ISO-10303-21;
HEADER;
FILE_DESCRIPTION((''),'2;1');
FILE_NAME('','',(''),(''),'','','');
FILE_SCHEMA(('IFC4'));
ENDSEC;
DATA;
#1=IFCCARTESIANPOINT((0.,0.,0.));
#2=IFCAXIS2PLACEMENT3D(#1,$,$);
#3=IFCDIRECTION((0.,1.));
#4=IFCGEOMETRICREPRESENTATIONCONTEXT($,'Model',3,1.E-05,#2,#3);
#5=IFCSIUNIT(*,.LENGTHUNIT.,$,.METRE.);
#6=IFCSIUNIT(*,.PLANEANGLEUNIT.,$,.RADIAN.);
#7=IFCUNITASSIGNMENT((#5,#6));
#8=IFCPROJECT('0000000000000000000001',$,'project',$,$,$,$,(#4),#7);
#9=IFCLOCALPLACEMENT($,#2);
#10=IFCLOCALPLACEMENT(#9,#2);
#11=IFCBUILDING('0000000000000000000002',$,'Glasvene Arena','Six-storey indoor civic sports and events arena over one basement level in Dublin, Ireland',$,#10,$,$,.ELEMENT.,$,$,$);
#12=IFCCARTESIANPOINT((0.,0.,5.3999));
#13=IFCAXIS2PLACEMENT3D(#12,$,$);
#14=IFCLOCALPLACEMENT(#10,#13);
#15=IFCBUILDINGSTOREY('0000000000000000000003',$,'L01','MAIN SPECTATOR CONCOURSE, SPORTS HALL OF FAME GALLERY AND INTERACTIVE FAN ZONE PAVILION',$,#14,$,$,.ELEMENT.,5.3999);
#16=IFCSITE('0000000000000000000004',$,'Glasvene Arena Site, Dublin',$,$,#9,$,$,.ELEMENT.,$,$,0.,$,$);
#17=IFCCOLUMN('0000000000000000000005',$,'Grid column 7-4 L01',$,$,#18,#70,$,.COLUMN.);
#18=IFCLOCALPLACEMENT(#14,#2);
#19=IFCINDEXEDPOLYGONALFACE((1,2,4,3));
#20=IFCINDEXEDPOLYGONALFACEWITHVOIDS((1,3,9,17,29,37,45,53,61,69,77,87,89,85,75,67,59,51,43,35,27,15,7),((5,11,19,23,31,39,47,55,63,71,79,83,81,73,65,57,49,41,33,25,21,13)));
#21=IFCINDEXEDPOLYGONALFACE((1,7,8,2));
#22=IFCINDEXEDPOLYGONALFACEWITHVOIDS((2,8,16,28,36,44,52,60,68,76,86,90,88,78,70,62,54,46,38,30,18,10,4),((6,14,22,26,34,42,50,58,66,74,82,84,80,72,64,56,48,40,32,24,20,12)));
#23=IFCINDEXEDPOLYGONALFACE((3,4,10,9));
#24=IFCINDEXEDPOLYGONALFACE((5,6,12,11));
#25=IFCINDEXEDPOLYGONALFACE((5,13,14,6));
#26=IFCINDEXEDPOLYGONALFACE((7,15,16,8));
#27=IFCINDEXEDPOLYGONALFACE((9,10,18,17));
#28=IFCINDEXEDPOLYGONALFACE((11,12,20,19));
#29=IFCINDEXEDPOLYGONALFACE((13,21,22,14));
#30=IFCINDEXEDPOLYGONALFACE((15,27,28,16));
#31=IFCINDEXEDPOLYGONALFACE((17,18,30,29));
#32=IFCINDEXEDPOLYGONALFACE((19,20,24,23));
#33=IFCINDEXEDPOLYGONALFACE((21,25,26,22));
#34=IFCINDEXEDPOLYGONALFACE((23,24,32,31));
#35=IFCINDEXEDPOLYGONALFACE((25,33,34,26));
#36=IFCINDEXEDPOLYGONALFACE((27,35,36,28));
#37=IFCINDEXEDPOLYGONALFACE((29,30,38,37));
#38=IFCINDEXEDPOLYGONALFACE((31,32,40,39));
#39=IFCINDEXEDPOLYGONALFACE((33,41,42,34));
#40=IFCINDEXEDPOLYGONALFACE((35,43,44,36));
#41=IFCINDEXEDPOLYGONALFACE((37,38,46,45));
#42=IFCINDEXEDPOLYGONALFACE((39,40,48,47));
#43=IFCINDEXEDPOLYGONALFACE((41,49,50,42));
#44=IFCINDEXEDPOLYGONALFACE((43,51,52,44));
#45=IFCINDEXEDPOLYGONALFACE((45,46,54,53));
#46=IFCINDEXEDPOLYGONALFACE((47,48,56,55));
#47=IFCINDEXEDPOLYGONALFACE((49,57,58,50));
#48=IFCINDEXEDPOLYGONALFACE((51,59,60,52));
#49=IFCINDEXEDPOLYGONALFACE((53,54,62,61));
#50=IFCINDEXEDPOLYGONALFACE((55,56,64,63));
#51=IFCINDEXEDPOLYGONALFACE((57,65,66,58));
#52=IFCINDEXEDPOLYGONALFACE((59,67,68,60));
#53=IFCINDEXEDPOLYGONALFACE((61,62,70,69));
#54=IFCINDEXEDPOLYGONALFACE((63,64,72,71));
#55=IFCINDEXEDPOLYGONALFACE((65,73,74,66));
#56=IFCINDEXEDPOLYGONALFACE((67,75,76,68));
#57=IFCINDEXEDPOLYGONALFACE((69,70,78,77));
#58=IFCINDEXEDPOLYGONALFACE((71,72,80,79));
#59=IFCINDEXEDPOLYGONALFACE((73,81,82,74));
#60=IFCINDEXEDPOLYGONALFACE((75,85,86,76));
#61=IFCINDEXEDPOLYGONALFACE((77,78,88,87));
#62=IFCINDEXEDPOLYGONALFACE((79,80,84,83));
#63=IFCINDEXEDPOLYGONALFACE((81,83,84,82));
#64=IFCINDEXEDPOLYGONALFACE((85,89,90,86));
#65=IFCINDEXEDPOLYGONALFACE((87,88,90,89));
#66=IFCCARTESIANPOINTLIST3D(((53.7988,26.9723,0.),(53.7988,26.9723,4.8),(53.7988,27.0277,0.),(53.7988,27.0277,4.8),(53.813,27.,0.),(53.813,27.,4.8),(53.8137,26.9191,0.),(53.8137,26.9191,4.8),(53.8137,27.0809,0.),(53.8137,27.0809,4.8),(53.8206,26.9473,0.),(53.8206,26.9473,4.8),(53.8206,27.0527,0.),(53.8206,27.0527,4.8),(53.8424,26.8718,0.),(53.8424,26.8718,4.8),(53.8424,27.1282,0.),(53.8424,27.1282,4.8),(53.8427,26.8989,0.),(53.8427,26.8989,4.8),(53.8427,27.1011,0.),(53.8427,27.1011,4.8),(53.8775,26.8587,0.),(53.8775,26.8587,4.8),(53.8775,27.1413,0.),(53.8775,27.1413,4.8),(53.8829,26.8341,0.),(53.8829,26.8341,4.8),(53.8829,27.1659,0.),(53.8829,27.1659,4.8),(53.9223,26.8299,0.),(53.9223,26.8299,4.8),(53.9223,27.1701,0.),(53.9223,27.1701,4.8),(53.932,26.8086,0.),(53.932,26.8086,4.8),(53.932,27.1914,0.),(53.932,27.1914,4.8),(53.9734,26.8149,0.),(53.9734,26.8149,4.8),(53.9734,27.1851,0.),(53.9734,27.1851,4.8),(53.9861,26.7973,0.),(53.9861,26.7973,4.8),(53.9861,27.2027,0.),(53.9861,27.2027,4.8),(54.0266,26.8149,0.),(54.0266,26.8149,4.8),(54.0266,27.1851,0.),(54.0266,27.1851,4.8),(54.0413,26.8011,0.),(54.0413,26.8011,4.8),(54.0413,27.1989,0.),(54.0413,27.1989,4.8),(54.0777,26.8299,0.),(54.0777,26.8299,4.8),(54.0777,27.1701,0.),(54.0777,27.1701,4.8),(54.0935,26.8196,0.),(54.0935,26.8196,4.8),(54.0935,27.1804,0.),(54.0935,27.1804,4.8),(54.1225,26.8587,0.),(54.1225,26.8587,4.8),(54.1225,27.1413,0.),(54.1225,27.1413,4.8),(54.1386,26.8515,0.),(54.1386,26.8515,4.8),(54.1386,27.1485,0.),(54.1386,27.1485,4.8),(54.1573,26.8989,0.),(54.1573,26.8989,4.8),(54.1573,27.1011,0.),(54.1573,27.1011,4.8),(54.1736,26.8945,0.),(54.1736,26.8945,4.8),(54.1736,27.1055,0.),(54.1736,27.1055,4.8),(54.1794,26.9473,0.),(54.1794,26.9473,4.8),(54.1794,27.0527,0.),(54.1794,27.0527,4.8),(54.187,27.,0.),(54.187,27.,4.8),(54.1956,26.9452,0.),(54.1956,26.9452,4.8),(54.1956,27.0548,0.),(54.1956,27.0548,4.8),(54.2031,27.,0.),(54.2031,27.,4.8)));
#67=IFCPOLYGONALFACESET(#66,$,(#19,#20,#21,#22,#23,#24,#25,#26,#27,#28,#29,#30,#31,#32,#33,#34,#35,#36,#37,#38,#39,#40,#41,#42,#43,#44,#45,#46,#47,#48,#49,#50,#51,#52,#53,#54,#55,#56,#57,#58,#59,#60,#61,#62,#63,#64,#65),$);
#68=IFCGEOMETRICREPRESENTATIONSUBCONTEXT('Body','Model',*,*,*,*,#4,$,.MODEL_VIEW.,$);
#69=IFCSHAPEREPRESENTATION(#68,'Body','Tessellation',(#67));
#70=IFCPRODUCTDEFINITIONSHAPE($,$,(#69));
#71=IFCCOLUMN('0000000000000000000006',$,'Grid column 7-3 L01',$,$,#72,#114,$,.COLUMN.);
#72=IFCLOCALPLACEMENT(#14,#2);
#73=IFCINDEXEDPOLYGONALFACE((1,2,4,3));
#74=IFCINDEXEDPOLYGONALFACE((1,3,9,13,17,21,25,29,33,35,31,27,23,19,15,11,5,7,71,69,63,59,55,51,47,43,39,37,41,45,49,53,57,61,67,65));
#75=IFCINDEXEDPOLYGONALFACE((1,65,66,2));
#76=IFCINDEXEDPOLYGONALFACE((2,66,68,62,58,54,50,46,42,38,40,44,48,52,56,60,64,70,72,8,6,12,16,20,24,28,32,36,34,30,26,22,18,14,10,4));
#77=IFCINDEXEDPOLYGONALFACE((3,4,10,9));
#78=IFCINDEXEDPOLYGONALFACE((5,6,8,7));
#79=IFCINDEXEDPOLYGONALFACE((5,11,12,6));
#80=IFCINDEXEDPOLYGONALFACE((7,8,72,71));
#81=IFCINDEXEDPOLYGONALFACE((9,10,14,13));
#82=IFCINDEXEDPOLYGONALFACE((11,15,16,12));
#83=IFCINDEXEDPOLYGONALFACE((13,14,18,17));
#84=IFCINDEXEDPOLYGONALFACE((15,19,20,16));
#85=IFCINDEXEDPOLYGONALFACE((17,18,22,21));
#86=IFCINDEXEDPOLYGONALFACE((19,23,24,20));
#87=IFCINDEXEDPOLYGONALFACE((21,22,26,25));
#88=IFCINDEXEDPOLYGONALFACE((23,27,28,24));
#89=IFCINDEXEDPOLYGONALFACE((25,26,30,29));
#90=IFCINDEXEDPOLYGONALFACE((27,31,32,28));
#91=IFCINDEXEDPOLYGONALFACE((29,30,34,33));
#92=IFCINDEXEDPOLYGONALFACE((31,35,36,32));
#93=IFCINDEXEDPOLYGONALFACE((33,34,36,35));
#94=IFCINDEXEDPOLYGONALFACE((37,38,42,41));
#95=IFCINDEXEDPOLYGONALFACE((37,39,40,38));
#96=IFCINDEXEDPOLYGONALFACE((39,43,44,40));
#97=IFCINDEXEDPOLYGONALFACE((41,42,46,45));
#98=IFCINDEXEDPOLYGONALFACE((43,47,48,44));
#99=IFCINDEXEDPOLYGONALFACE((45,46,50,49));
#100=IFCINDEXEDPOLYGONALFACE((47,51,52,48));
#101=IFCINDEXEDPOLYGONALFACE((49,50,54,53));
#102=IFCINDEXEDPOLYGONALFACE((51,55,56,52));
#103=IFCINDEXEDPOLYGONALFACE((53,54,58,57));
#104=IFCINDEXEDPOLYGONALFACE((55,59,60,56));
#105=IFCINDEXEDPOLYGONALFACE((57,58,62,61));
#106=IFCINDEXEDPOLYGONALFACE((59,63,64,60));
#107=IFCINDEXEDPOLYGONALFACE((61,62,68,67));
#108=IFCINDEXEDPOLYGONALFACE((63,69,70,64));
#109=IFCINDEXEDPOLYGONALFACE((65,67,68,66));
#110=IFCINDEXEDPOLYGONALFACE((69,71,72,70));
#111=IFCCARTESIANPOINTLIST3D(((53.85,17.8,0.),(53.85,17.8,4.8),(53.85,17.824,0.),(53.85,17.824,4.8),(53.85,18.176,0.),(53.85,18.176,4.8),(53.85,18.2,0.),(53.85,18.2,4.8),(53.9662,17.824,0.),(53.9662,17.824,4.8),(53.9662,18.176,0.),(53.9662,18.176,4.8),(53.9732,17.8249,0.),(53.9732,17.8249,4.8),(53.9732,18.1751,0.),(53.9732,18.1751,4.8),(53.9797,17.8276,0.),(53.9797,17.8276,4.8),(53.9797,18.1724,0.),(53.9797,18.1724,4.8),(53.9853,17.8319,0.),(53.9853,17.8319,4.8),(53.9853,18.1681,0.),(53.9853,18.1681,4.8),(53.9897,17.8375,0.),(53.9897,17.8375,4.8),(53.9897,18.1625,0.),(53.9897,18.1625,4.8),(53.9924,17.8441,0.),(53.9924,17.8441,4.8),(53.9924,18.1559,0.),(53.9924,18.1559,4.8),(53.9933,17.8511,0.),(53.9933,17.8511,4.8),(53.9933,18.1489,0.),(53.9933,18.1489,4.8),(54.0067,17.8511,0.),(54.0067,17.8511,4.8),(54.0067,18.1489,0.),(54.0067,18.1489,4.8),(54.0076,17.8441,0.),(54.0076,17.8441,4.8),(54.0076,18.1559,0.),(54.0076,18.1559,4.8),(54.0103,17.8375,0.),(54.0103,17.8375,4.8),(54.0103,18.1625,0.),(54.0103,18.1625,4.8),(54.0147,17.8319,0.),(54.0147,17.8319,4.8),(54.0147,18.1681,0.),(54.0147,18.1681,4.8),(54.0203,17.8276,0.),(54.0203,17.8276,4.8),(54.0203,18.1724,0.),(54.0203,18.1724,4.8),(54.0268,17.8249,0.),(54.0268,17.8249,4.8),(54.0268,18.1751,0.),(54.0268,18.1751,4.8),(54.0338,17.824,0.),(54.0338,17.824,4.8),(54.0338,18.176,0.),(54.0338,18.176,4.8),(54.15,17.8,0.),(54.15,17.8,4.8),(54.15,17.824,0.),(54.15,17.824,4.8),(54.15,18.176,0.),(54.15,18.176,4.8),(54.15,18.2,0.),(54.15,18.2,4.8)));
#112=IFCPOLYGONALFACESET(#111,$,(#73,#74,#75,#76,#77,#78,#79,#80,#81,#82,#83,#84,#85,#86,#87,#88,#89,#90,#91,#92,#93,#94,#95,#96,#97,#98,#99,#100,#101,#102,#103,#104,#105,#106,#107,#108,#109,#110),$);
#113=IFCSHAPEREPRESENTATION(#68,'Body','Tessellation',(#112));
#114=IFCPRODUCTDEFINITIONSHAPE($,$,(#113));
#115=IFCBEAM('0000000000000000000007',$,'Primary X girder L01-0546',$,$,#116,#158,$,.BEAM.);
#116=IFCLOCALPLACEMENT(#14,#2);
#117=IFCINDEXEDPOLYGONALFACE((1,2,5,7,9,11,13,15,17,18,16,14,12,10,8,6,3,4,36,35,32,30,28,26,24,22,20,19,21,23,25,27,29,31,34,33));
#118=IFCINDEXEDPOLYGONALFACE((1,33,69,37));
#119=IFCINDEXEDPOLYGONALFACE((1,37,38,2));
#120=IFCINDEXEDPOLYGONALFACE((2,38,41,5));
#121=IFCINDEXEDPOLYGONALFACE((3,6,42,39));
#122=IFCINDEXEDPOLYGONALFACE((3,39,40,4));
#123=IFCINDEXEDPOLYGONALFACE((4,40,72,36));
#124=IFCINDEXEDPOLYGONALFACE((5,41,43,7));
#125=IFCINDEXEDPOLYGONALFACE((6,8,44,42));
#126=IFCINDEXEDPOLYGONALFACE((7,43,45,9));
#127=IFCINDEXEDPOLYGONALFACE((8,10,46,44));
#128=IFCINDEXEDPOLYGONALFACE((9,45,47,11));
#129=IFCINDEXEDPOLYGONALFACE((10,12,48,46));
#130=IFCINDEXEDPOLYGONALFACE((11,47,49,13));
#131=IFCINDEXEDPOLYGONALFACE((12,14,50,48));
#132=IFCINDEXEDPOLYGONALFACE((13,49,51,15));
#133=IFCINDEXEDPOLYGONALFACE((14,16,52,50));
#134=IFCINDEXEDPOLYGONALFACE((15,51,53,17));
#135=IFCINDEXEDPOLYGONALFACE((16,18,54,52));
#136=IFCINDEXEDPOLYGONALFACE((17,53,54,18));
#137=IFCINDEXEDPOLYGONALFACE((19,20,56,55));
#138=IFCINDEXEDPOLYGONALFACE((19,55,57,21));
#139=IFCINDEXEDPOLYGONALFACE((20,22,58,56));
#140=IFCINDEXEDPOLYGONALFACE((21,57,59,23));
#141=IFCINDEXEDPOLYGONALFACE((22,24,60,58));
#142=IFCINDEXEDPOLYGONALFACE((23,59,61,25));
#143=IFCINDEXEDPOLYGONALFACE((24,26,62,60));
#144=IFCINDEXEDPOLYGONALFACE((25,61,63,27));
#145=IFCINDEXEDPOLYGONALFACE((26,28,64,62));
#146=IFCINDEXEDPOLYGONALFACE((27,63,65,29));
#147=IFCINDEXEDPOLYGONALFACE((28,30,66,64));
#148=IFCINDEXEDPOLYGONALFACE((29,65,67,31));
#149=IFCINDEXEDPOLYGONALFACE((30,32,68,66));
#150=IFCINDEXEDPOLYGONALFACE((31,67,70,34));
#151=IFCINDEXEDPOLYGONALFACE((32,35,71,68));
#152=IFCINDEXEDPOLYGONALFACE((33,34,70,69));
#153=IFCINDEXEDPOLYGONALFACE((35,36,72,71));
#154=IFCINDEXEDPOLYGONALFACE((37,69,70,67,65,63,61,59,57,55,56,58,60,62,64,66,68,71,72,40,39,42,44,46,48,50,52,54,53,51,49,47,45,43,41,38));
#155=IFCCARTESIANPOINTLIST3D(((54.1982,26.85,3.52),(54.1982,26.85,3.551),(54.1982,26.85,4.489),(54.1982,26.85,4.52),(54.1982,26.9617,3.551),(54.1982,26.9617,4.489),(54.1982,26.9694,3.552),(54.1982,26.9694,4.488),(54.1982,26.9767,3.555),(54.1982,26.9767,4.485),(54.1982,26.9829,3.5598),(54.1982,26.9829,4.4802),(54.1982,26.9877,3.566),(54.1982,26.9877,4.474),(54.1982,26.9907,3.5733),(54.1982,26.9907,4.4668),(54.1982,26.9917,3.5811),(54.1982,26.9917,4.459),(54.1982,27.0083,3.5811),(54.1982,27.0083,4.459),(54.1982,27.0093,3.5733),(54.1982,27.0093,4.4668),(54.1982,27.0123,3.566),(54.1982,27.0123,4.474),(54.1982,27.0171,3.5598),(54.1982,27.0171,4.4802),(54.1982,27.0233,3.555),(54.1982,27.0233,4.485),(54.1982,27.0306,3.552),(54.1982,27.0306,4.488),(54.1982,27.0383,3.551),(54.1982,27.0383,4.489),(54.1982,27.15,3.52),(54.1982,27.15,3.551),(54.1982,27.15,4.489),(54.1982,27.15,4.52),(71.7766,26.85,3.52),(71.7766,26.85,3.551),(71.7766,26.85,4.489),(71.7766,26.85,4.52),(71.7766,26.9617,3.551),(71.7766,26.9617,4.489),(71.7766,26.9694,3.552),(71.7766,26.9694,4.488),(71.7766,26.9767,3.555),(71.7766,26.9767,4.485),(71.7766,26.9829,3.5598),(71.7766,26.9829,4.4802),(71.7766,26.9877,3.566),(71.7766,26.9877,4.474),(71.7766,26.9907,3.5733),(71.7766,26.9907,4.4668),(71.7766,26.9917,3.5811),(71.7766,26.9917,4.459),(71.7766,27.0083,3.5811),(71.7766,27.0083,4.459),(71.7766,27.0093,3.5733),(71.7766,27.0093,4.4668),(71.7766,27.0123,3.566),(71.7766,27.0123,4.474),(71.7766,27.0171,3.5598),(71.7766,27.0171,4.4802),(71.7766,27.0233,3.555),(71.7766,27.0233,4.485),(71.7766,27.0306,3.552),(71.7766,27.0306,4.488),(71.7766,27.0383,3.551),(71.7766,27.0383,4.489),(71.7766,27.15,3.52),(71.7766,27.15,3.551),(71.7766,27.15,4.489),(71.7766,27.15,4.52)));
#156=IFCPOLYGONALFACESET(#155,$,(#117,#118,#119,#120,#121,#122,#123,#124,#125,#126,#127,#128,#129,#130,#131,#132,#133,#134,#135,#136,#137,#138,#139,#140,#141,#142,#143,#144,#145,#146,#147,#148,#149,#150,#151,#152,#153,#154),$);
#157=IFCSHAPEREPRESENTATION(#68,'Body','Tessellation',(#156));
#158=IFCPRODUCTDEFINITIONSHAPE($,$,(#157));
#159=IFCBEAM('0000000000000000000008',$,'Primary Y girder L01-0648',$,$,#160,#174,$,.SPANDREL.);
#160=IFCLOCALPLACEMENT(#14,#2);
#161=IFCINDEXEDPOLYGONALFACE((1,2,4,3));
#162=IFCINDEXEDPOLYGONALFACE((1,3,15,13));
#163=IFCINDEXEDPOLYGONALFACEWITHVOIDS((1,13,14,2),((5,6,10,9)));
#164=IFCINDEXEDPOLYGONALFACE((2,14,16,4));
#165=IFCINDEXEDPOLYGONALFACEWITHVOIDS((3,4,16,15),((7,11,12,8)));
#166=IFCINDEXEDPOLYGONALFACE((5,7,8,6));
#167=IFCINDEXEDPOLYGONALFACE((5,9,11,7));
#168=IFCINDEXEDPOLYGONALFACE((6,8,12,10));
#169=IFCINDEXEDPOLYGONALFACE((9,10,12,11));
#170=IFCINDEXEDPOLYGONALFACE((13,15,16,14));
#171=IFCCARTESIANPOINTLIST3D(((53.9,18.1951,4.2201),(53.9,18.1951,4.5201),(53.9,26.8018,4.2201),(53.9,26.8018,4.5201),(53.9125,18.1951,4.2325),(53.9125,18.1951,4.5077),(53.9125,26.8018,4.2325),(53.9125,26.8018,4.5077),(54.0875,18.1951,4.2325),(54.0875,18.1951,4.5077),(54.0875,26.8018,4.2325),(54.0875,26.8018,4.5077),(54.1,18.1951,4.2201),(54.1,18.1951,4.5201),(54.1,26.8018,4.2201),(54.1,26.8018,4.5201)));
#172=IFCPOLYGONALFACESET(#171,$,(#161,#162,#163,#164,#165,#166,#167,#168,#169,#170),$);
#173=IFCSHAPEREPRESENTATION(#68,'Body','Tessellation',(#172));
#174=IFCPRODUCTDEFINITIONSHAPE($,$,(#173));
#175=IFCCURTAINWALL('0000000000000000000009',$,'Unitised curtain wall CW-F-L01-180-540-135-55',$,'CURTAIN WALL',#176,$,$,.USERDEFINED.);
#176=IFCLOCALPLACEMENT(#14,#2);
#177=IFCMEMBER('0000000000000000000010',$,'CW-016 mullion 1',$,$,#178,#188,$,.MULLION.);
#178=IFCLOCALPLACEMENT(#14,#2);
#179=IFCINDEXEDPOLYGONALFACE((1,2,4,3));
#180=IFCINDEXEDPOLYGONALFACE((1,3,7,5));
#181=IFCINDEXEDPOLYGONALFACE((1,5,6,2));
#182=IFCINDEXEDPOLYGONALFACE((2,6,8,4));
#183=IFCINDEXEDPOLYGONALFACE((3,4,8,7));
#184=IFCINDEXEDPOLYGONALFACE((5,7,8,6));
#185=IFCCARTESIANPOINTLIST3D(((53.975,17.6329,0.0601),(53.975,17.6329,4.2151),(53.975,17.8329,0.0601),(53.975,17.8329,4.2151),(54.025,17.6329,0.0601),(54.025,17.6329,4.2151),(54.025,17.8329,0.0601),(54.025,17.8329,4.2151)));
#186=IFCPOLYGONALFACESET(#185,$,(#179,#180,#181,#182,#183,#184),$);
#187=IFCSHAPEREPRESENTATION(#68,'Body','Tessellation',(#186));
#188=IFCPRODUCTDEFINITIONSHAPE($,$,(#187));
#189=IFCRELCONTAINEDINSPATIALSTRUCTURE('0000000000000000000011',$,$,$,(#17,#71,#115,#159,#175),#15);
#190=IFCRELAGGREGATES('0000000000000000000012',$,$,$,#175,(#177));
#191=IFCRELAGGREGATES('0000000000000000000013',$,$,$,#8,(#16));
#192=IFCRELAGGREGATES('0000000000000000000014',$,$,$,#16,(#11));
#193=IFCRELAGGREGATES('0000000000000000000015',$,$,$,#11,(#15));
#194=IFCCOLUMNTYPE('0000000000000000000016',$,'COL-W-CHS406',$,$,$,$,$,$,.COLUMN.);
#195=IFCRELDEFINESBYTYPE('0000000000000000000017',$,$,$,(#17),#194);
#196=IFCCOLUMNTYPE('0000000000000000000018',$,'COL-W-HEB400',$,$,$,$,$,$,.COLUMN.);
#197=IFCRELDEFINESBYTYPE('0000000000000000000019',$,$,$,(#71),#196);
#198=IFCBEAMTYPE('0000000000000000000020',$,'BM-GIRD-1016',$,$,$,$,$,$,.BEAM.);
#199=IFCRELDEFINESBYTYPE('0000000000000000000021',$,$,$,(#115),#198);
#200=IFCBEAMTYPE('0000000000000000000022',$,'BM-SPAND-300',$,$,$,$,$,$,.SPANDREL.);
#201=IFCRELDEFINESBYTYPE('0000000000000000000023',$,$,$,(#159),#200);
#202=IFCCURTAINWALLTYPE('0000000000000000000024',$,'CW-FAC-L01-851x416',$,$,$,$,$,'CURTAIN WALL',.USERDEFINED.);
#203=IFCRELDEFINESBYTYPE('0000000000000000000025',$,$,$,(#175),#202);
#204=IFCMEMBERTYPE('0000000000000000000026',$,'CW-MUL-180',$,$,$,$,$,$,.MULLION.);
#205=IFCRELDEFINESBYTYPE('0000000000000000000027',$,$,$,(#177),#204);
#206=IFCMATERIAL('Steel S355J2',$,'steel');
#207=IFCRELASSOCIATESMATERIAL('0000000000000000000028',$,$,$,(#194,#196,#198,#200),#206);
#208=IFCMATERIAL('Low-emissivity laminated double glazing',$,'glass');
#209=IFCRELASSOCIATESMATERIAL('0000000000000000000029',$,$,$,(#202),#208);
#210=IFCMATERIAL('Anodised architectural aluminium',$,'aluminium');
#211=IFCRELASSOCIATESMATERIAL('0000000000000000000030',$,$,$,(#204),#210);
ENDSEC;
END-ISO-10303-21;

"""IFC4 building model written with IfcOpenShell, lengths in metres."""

from ifc_helpers import new_model, si_unit, direction, frame, origin, origin_2d, place, context, subcontext, project, spatial, rectangle, hollow_rectangle, hollow_circle, i_section, extrude, material, material_profile, profile_set, type_object, element, aggregate, save


model = new_model("IFC4")

# Units and contexts
model_context = context("Model", 3, precision=1e-05, world=origin(), true_north=direction((0.0, 1.0)))
body_context = subcontext(model_context, "Body", "Model", "MODEL_VIEW")
ifc_project = project(units=[si_unit("LENGTHUNIT", "METRE"), si_unit("PLANEANGLEUNIT", "RADIAN")], contexts=[model_context])

# Site, building, storey
site_placement = place(None, origin())
site = spatial("IfcSite", under=ifc_project, at=site_placement, Name="Glasvene Arena Site, Dublin", CompositionType="ELEMENT", RefElevation=0.0)
building_placement = place(site_placement, origin())
building = spatial("IfcBuilding", under=site, at=building_placement, Name="Glasvene Arena", Description="Six-storey indoor civic sports and events arena over one basement level in Dublin, Ireland", CompositionType="ELEMENT")
storey_placement = place(building_placement, frame((0.0, 0.0, 5.3999)))
storey = spatial("IfcBuildingStorey", under=building, at=storey_placement, Name="L01", Description="MAIN SPECTATOR CONCOURSE, SPORTS HALL OF FAME GALLERY AND INTERACTIVE FAN ZONE PAVILION", CompositionType="ELEMENT", Elevation=5.3999)

# Columns
ifc_material_1 = material(Name="Steel S355J2", Category="steel")
ifc_material_profile_1 = material_profile(ifc_material_1, hollow_circle(Radius=0.2031, WallThickness=0.0161, at=origin_2d()), Name="CHS 406.4x16.0")
ifc_profile_set_1 = profile_set([ifc_material_profile_1], Name="Steel S355J2")
column_type_1 = type_object("IfcColumnType", Name="COL-W-CHS406", PredefinedType="COLUMN", material=ifc_profile_set_1)
column_1_placement = place(storey_placement, frame((54.0, 27.0, 0.0), z_axis=(0.0, 0.0, 1.0), x_axis=(1.0, 0.0, 0.0)))
element("IfcColumn", 1, at=column_1_placement, inside=storey, type_object=column_type_1, Name="Grid column 7-4 L01", PredefinedType="COLUMN", context=body_context, shape_type="SweptSolid", body=[
    extrude(hollow_circle(Radius=0.2031, WallThickness=0.0161, at=origin_2d()), origin(), (0.0, 0.0, 1.0), 4.8),
])
ifc_material_profile_2 = material_profile(ifc_material_1, i_section(OverallWidth=0.3, OverallDepth=0.3999, WebThickness=0.0134, FlangeThickness=0.0239, FilletRadius=0.0271, at=origin_2d()), Name="HEB 400")
ifc_profile_set_2 = profile_set([ifc_material_profile_2], Name="Steel S355J2")
column_type_2 = type_object("IfcColumnType", Name="COL-W-HEB400", PredefinedType="COLUMN", material=ifc_profile_set_2)
column_2_placement = place(storey_placement, frame((54.0, 18.0, 0.0), z_axis=(0.0, 0.0, 1.0), x_axis=(1.0, 0.0, 0.0)))
element("IfcColumn", 2, at=column_2_placement, inside=storey, type_object=column_type_2, Name="Grid column 7-3 L01", PredefinedType="COLUMN", context=body_context, shape_type="SweptSolid", body=[
    extrude(i_section(OverallWidth=0.3, OverallDepth=0.3999, WebThickness=0.0134, FlangeThickness=0.0239, FilletRadius=0.0271, at=origin_2d()), origin(), (0.0, 0.0, 1.0), 4.8),
])

# Beams
ifc_material_profile_3 = material_profile(ifc_material_1, i_section(OverallWidth=0.3, OverallDepth=1.0, WebThickness=0.0166, FlangeThickness=0.031, FilletRadius=0.03, at=origin_2d()), Name="UKB 1016x305x272")
ifc_profile_set_3 = profile_set([ifc_material_profile_3], Name="Steel S355J2")
beam_type_1 = type_object("IfcBeamType", Name="BM-GIRD-1016", PredefinedType="BEAM", material=ifc_profile_set_3)
beam_1_placement = place(storey_placement, frame((54.1982, 27.0, 4.02), z_axis=(1.0, 0.0, 0.0), x_axis=(0.0, 1.0, 0.0)))
element("IfcBeam", 3, at=beam_1_placement, inside=storey, type_object=beam_type_1, Name="Primary X girder L01-0546", PredefinedType="BEAM", context=body_context, shape_type="SweptSolid", body=[
    extrude(i_section(OverallWidth=0.3, OverallDepth=1.0, WebThickness=0.0166, FlangeThickness=0.031, FilletRadius=0.03, at=origin_2d()), origin(), (0.0, 0.0, 1.0), 17.5784),
])
ifc_material_profile_4 = material_profile(ifc_material_1, hollow_rectangle(XDim=0.2, YDim=0.3, WallThickness=0.0125, at=origin_2d()), Name="RHS 300x200x12.5")
ifc_profile_set_4 = profile_set([ifc_material_profile_4], Name="Steel S355J2")
beam_type_2 = type_object("IfcBeamType", Name="BM-SPAND-300", PredefinedType="SPANDREL", material=ifc_profile_set_4)
beam_2_placement = place(storey_placement, frame((54.0, 18.1951, 4.3701), z_axis=(0.0, 1.0, 0.0), x_axis=(-1.0, 0.0, 0.0)))
element("IfcBeam", 4, at=beam_2_placement, inside=storey, type_object=beam_type_2, Name="Primary Y girder L01-0648", PredefinedType="SPANDREL", context=body_context, shape_type="SweptSolid", body=[
    extrude(hollow_rectangle(XDim=0.2, YDim=0.3, WallThickness=0.0125, at=origin_2d()), origin(), (0.0, 0.0, 1.0), 8.6067),
])

# Curtain wall, member
ifc_material_2 = material(Name="Low-emissivity laminated double glazing", Category="glass")
curtain_wall_type = type_object("IfcCurtainWallType", Name="CW-FAC-L01-851x416", ElementType="CURTAIN WALL", PredefinedType="USERDEFINED", material=ifc_material_2)
curtain_wall_placement = place(storey_placement, frame((54.0, 17.7581, 0.0)))
curtain_wall = element("IfcCurtainWall", 5, at=curtain_wall_placement, inside=storey, type_object=curtain_wall_type, Name="Unitised curtain wall CW-F-L01-180-540-135-55", ObjectType="CURTAIN WALL", PredefinedType="USERDEFINED")
ifc_material_3 = material(Name="Anodised architectural aluminium", Category="aluminium")
ifc_material_profile_5 = material_profile(ifc_material_3, rectangle(XDim=0.05, YDim=0.2, at=origin_2d()), Name="ALU MULLION 50x200")
ifc_profile_set_5 = profile_set([ifc_material_profile_5], Name="Anodised architectural aluminium")
member_type_1 = type_object("IfcMemberType", Name="CW-MUL-180", PredefinedType="MULLION", material=ifc_profile_set_5)
member_1_placement = place(storey_placement, frame((54.0, 17.7329, 0.0601), z_axis=(0.0, 0.0, 1.0), x_axis=(1.0, 0.0, 0.0)))
member_1 = element("IfcMember", 6, at=member_1_placement, type_object=member_type_1, Name="CW-016 mullion 1", PredefinedType="MULLION", context=body_context, shape_type="SweptSolid", body=[
    extrude(rectangle(XDim=0.05, YDim=0.2, at=origin_2d()), origin(), (0.0, 0.0, 1.0), 4.155),
])
aggregate(curtain_wall, [member_1])

save(model, "model.ifc")
